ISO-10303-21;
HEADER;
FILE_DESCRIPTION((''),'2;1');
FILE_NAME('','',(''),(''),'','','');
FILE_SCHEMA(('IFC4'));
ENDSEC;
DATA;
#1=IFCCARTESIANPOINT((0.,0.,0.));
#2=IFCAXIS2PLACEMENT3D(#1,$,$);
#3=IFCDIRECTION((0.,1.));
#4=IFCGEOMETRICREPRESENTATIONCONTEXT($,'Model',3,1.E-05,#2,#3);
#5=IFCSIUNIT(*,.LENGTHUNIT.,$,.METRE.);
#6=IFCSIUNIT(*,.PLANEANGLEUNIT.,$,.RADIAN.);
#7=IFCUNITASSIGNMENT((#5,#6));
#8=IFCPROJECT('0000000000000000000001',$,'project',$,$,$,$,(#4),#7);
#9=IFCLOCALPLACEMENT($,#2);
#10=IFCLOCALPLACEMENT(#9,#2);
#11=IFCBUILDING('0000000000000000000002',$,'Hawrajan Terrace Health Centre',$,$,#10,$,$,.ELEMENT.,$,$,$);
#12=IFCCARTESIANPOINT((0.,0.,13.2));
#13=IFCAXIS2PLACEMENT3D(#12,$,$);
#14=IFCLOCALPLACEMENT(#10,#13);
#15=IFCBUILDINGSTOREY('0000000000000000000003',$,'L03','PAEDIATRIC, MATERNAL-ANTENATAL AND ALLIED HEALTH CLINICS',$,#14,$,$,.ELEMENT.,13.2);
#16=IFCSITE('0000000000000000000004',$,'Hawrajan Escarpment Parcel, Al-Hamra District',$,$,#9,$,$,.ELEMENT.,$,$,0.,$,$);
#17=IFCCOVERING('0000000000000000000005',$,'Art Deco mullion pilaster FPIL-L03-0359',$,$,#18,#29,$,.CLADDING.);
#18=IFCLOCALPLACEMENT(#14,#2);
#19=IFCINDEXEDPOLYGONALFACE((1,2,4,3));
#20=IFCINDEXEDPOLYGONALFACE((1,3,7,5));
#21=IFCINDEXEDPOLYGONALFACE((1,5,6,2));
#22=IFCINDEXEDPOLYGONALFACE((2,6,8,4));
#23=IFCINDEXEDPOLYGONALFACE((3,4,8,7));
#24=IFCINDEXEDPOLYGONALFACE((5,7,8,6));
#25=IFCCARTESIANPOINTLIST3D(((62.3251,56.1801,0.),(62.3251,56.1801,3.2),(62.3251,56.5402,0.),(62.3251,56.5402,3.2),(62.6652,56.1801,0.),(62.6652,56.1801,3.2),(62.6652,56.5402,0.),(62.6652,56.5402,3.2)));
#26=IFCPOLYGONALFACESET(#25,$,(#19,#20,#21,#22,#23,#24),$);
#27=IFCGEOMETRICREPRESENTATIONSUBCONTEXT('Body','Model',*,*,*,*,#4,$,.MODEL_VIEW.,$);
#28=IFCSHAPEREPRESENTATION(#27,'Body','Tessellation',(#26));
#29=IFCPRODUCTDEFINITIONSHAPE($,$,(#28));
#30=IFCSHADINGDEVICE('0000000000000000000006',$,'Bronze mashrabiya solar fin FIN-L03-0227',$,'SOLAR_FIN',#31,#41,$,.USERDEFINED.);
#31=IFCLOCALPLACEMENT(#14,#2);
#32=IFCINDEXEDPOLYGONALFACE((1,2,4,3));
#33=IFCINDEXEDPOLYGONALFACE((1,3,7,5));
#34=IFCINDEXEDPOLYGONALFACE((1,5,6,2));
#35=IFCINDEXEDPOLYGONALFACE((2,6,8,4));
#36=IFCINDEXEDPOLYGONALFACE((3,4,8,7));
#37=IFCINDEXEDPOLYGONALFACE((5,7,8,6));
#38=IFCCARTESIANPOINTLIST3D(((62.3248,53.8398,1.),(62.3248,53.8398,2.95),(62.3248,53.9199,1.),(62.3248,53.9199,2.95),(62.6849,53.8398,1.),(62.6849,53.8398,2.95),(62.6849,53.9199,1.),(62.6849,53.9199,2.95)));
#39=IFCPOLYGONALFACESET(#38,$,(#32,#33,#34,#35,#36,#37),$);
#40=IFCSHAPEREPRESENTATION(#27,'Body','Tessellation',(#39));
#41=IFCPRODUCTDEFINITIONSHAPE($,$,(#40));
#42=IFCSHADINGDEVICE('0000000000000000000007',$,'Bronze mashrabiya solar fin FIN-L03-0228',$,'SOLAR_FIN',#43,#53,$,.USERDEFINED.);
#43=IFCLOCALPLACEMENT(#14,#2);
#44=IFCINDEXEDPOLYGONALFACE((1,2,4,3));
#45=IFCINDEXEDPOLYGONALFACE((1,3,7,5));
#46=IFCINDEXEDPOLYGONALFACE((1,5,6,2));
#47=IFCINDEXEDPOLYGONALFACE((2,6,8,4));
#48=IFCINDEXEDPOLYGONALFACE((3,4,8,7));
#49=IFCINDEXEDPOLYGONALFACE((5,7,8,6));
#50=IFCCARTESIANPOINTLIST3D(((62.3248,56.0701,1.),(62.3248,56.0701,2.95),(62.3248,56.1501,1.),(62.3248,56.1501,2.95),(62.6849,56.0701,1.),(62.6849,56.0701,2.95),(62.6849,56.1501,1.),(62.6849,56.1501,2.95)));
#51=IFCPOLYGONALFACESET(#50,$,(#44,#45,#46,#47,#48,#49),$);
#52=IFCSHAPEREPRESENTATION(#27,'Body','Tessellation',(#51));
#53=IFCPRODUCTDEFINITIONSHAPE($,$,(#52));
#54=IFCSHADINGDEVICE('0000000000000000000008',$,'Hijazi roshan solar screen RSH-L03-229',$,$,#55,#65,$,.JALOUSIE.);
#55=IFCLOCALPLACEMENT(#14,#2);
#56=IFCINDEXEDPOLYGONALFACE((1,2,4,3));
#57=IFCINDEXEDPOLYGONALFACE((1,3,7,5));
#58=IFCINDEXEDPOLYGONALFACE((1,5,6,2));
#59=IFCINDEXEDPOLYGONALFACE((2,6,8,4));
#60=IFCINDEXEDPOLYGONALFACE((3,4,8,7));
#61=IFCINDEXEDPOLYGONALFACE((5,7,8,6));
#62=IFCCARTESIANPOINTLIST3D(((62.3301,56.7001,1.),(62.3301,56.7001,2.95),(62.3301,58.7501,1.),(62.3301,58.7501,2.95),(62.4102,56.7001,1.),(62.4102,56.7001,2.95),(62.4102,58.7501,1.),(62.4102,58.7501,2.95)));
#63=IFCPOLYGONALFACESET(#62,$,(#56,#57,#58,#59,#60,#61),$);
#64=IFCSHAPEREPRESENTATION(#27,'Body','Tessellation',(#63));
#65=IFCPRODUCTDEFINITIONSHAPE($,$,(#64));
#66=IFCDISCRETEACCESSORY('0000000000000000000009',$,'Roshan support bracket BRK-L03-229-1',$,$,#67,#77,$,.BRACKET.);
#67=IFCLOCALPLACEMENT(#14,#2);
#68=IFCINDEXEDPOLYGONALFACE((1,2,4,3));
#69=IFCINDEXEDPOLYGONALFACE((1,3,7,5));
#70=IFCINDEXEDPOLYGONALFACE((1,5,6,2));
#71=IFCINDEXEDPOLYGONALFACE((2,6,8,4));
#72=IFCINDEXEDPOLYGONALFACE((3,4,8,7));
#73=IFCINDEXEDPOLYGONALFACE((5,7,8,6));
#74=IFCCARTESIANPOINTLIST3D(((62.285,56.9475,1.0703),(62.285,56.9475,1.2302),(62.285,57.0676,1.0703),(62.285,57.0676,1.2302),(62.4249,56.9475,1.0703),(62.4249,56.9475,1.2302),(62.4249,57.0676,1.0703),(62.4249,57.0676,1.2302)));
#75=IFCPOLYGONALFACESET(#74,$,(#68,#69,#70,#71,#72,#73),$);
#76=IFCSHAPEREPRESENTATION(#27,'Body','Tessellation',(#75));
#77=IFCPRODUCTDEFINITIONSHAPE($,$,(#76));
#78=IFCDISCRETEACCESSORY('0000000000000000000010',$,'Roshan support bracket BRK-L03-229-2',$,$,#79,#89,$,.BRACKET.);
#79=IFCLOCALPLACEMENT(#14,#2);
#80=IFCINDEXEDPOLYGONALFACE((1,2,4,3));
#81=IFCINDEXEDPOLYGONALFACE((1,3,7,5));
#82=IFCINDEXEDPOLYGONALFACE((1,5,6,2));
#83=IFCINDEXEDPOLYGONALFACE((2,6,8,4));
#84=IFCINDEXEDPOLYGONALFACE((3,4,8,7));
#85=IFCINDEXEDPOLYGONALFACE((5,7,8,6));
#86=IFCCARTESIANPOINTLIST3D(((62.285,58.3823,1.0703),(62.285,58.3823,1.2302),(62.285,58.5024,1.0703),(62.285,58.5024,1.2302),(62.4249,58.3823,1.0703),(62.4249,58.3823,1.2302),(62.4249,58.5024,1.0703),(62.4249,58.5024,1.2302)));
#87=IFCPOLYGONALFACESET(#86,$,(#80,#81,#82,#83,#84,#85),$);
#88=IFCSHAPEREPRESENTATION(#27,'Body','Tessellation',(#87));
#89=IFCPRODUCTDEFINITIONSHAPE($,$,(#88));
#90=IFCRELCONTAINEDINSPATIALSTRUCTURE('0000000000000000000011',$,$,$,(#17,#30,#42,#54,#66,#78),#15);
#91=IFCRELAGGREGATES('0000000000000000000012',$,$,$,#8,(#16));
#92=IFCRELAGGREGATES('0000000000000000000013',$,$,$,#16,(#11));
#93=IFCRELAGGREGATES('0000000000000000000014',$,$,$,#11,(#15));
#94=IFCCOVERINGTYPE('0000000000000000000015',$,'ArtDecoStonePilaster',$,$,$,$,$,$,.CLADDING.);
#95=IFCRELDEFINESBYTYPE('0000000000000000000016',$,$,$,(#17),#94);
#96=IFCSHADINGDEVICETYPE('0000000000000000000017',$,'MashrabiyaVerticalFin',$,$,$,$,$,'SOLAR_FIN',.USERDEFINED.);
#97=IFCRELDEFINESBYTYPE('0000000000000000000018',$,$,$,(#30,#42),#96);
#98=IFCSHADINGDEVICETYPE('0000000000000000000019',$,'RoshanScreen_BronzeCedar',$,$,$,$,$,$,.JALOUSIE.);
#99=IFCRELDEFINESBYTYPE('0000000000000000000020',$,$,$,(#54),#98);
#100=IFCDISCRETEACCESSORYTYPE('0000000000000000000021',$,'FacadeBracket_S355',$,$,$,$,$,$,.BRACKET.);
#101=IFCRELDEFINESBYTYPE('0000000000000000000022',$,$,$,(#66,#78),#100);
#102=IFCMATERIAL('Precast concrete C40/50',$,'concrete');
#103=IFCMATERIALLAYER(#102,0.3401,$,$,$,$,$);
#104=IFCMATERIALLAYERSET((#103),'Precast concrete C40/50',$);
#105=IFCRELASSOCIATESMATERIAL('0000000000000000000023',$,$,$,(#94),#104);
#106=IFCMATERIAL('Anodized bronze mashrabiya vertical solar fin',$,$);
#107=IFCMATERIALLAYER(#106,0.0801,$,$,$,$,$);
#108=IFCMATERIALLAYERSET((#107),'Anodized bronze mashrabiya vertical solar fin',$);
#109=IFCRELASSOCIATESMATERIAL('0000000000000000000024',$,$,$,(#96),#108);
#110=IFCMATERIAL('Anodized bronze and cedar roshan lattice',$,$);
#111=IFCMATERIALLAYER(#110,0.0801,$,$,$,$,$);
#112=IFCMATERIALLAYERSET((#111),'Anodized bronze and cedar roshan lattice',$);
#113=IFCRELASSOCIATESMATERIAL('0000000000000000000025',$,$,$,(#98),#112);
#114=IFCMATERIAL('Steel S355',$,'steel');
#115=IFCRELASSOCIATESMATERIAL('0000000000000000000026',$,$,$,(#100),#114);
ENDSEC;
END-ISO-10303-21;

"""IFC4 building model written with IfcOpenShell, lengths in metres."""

from ifc_helpers import new_model, si_unit, direction, frame, origin, origin_2d, place, context, subcontext, project, spatial, rectangle, extrude, material, layer, layer_set, type_object, element, save


model = new_model("IFC4")

# Units and contexts
model_context = context("Model", 3, precision=1e-05, world=origin(), true_north=direction((0.0, 1.0)))
body_context = subcontext(model_context, "Body", "Model", "MODEL_VIEW")
ifc_project = project(units=[si_unit("LENGTHUNIT", "METRE"), si_unit("PLANEANGLEUNIT", "RADIAN")], contexts=[model_context])

# Site, building, storey
site_placement = place(None, origin())
site = spatial("IfcSite", under=ifc_project, at=site_placement, Name="Hawrajan Escarpment Parcel, Al-Hamra District", CompositionType="ELEMENT", RefElevation=0.0)
building_placement = place(site_placement, origin())
building = spatial("IfcBuilding", under=site, at=building_placement, Name="Hawrajan Terrace Health Centre", CompositionType="ELEMENT")
storey_placement = place(building_placement, frame((0.0, 0.0, 13.2)))
storey = spatial("IfcBuildingStorey", under=building, at=storey_placement, Name="L03", Description="PAEDIATRIC, MATERNAL-ANTENATAL AND ALLIED HEALTH CLINICS", CompositionType="ELEMENT", Elevation=13.2)

# Covering
ifc_material_1 = material(Name="Precast concrete C40/50", Category="concrete")
ifc_layer_1 = layer(ifc_material_1, 0.3401)
ifc_layer_set_1 = layer_set([ifc_layer_1], Name="Precast concrete C40/50")
covering_type_1 = type_object("IfcCoveringType", Name="ArtDecoStonePilaster", PredefinedType="CLADDING", material=ifc_layer_set_1)
covering_1_placement = place(storey_placement, frame((62.4951, 56.3601, 0.0), z_axis=(0.0, 0.0, 1.0), x_axis=(0.0, 1.0, 0.0)))
element("IfcCovering", 1, at=covering_1_placement, inside=storey, type_object=covering_type_1, Name="Art Deco mullion pilaster FPIL-L03-0359", PredefinedType="CLADDING", context=body_context, shape_type="SweptSolid", body=[
    extrude(rectangle(XDim=0.3601, YDim=0.3401, at=origin_2d()), origin(), (0.0, 0.0, 1.0), 3.2),
])

# Shading devices
ifc_material_2 = material(Name="Anodized bronze mashrabiya vertical solar fin")
ifc_layer_2 = layer(ifc_material_2, 0.0801)
ifc_layer_set_2 = layer_set([ifc_layer_2], Name="Anodized bronze mashrabiya vertical solar fin")
shading_device_type_1 = type_object("IfcShadingDeviceType", Name="MashrabiyaVerticalFin", ElementType="SOLAR_FIN", PredefinedType="USERDEFINED", material=ifc_layer_set_2)
for number, where, z_axis, x_axis, name in (
    (2, (62.5049, 53.8799, 1.0), (0.0, 0.0, 1.0), (0.0, 1.0, 0.0), "Bronze mashrabiya solar fin FIN-L03-0227"),
    (3, (62.5049, 56.1101, 1.0), (0.0, 0.0, 1.0), (0.0, 1.0, 0.0), "Bronze mashrabiya solar fin FIN-L03-0228"),
):
    element("IfcShadingDevice", number, at=place(storey_placement, frame(where, z_axis=z_axis, x_axis=x_axis)), inside=storey, type_object=shading_device_type_1, Name=name, ObjectType="SOLAR_FIN", PredefinedType="USERDEFINED", context=body_context, shape_type="SweptSolid", body=[
        extrude(rectangle(XDim=0.0801, YDim=0.3601, at=origin_2d()), origin(), (0.0, 0.0, 1.0), 1.95),
    ])
ifc_material_3 = material(Name="Anodized bronze and cedar roshan lattice")
ifc_layer_3 = layer(ifc_material_3, 0.0801)
ifc_layer_set_3 = layer_set([ifc_layer_3], Name="Anodized bronze and cedar roshan lattice")
shading_device_type_2 = type_object("IfcShadingDeviceType", Name="RoshanScreen_BronzeCedar", PredefinedType="JALOUSIE", material=ifc_layer_set_3)
shading_device_placement = place(storey_placement, frame((62.3701, 57.7251, 1.0), z_axis=(0.0, 0.0, 1.0), x_axis=(0.0, 1.0, 0.0)))
element("IfcShadingDevice", 4, at=shading_device_placement, inside=storey, type_object=shading_device_type_2, Name="Hijazi roshan solar screen RSH-L03-229", PredefinedType="JALOUSIE", context=body_context, shape_type="SweptSolid", body=[
    extrude(rectangle(XDim=2.05, YDim=0.0801, at=origin_2d()), origin(), (0.0, 0.0, 1.0), 1.95),
])

# Discrete accessories
ifc_material_4 = material(Name="Steel S355", Category="steel")
discrete_accessory_type = type_object("IfcDiscreteAccessoryType", Name="FacadeBracket_S355", PredefinedType="BRACKET", material=ifc_material_4)
for number, where, z_axis, x_axis, name in (
    (5, (62.355, 57.0076, 1.0703), (0.0, 0.0, 1.0), (0.0, 1.0, 0.0), "Roshan support bracket BRK-L03-229-1"),
    (6, (62.355, 58.4424, 1.0703), (0.0, 0.0, 1.0), (0.0, 1.0, 0.0), "Roshan support bracket BRK-L03-229-2"),
):
    element("IfcDiscreteAccessory", number, at=place(storey_placement, frame(where, z_axis=z_axis, x_axis=x_axis)), inside=storey, type_object=discrete_accessory_type, Name=name, PredefinedType="BRACKET", context=body_context, shape_type="SweptSolid", body=[
        extrude(rectangle(XDim=0.1201, YDim=0.1399, at=origin_2d()), origin(), (0.0, 0.0, 1.0), 0.1599),
    ])

save(model, "model.ifc")
